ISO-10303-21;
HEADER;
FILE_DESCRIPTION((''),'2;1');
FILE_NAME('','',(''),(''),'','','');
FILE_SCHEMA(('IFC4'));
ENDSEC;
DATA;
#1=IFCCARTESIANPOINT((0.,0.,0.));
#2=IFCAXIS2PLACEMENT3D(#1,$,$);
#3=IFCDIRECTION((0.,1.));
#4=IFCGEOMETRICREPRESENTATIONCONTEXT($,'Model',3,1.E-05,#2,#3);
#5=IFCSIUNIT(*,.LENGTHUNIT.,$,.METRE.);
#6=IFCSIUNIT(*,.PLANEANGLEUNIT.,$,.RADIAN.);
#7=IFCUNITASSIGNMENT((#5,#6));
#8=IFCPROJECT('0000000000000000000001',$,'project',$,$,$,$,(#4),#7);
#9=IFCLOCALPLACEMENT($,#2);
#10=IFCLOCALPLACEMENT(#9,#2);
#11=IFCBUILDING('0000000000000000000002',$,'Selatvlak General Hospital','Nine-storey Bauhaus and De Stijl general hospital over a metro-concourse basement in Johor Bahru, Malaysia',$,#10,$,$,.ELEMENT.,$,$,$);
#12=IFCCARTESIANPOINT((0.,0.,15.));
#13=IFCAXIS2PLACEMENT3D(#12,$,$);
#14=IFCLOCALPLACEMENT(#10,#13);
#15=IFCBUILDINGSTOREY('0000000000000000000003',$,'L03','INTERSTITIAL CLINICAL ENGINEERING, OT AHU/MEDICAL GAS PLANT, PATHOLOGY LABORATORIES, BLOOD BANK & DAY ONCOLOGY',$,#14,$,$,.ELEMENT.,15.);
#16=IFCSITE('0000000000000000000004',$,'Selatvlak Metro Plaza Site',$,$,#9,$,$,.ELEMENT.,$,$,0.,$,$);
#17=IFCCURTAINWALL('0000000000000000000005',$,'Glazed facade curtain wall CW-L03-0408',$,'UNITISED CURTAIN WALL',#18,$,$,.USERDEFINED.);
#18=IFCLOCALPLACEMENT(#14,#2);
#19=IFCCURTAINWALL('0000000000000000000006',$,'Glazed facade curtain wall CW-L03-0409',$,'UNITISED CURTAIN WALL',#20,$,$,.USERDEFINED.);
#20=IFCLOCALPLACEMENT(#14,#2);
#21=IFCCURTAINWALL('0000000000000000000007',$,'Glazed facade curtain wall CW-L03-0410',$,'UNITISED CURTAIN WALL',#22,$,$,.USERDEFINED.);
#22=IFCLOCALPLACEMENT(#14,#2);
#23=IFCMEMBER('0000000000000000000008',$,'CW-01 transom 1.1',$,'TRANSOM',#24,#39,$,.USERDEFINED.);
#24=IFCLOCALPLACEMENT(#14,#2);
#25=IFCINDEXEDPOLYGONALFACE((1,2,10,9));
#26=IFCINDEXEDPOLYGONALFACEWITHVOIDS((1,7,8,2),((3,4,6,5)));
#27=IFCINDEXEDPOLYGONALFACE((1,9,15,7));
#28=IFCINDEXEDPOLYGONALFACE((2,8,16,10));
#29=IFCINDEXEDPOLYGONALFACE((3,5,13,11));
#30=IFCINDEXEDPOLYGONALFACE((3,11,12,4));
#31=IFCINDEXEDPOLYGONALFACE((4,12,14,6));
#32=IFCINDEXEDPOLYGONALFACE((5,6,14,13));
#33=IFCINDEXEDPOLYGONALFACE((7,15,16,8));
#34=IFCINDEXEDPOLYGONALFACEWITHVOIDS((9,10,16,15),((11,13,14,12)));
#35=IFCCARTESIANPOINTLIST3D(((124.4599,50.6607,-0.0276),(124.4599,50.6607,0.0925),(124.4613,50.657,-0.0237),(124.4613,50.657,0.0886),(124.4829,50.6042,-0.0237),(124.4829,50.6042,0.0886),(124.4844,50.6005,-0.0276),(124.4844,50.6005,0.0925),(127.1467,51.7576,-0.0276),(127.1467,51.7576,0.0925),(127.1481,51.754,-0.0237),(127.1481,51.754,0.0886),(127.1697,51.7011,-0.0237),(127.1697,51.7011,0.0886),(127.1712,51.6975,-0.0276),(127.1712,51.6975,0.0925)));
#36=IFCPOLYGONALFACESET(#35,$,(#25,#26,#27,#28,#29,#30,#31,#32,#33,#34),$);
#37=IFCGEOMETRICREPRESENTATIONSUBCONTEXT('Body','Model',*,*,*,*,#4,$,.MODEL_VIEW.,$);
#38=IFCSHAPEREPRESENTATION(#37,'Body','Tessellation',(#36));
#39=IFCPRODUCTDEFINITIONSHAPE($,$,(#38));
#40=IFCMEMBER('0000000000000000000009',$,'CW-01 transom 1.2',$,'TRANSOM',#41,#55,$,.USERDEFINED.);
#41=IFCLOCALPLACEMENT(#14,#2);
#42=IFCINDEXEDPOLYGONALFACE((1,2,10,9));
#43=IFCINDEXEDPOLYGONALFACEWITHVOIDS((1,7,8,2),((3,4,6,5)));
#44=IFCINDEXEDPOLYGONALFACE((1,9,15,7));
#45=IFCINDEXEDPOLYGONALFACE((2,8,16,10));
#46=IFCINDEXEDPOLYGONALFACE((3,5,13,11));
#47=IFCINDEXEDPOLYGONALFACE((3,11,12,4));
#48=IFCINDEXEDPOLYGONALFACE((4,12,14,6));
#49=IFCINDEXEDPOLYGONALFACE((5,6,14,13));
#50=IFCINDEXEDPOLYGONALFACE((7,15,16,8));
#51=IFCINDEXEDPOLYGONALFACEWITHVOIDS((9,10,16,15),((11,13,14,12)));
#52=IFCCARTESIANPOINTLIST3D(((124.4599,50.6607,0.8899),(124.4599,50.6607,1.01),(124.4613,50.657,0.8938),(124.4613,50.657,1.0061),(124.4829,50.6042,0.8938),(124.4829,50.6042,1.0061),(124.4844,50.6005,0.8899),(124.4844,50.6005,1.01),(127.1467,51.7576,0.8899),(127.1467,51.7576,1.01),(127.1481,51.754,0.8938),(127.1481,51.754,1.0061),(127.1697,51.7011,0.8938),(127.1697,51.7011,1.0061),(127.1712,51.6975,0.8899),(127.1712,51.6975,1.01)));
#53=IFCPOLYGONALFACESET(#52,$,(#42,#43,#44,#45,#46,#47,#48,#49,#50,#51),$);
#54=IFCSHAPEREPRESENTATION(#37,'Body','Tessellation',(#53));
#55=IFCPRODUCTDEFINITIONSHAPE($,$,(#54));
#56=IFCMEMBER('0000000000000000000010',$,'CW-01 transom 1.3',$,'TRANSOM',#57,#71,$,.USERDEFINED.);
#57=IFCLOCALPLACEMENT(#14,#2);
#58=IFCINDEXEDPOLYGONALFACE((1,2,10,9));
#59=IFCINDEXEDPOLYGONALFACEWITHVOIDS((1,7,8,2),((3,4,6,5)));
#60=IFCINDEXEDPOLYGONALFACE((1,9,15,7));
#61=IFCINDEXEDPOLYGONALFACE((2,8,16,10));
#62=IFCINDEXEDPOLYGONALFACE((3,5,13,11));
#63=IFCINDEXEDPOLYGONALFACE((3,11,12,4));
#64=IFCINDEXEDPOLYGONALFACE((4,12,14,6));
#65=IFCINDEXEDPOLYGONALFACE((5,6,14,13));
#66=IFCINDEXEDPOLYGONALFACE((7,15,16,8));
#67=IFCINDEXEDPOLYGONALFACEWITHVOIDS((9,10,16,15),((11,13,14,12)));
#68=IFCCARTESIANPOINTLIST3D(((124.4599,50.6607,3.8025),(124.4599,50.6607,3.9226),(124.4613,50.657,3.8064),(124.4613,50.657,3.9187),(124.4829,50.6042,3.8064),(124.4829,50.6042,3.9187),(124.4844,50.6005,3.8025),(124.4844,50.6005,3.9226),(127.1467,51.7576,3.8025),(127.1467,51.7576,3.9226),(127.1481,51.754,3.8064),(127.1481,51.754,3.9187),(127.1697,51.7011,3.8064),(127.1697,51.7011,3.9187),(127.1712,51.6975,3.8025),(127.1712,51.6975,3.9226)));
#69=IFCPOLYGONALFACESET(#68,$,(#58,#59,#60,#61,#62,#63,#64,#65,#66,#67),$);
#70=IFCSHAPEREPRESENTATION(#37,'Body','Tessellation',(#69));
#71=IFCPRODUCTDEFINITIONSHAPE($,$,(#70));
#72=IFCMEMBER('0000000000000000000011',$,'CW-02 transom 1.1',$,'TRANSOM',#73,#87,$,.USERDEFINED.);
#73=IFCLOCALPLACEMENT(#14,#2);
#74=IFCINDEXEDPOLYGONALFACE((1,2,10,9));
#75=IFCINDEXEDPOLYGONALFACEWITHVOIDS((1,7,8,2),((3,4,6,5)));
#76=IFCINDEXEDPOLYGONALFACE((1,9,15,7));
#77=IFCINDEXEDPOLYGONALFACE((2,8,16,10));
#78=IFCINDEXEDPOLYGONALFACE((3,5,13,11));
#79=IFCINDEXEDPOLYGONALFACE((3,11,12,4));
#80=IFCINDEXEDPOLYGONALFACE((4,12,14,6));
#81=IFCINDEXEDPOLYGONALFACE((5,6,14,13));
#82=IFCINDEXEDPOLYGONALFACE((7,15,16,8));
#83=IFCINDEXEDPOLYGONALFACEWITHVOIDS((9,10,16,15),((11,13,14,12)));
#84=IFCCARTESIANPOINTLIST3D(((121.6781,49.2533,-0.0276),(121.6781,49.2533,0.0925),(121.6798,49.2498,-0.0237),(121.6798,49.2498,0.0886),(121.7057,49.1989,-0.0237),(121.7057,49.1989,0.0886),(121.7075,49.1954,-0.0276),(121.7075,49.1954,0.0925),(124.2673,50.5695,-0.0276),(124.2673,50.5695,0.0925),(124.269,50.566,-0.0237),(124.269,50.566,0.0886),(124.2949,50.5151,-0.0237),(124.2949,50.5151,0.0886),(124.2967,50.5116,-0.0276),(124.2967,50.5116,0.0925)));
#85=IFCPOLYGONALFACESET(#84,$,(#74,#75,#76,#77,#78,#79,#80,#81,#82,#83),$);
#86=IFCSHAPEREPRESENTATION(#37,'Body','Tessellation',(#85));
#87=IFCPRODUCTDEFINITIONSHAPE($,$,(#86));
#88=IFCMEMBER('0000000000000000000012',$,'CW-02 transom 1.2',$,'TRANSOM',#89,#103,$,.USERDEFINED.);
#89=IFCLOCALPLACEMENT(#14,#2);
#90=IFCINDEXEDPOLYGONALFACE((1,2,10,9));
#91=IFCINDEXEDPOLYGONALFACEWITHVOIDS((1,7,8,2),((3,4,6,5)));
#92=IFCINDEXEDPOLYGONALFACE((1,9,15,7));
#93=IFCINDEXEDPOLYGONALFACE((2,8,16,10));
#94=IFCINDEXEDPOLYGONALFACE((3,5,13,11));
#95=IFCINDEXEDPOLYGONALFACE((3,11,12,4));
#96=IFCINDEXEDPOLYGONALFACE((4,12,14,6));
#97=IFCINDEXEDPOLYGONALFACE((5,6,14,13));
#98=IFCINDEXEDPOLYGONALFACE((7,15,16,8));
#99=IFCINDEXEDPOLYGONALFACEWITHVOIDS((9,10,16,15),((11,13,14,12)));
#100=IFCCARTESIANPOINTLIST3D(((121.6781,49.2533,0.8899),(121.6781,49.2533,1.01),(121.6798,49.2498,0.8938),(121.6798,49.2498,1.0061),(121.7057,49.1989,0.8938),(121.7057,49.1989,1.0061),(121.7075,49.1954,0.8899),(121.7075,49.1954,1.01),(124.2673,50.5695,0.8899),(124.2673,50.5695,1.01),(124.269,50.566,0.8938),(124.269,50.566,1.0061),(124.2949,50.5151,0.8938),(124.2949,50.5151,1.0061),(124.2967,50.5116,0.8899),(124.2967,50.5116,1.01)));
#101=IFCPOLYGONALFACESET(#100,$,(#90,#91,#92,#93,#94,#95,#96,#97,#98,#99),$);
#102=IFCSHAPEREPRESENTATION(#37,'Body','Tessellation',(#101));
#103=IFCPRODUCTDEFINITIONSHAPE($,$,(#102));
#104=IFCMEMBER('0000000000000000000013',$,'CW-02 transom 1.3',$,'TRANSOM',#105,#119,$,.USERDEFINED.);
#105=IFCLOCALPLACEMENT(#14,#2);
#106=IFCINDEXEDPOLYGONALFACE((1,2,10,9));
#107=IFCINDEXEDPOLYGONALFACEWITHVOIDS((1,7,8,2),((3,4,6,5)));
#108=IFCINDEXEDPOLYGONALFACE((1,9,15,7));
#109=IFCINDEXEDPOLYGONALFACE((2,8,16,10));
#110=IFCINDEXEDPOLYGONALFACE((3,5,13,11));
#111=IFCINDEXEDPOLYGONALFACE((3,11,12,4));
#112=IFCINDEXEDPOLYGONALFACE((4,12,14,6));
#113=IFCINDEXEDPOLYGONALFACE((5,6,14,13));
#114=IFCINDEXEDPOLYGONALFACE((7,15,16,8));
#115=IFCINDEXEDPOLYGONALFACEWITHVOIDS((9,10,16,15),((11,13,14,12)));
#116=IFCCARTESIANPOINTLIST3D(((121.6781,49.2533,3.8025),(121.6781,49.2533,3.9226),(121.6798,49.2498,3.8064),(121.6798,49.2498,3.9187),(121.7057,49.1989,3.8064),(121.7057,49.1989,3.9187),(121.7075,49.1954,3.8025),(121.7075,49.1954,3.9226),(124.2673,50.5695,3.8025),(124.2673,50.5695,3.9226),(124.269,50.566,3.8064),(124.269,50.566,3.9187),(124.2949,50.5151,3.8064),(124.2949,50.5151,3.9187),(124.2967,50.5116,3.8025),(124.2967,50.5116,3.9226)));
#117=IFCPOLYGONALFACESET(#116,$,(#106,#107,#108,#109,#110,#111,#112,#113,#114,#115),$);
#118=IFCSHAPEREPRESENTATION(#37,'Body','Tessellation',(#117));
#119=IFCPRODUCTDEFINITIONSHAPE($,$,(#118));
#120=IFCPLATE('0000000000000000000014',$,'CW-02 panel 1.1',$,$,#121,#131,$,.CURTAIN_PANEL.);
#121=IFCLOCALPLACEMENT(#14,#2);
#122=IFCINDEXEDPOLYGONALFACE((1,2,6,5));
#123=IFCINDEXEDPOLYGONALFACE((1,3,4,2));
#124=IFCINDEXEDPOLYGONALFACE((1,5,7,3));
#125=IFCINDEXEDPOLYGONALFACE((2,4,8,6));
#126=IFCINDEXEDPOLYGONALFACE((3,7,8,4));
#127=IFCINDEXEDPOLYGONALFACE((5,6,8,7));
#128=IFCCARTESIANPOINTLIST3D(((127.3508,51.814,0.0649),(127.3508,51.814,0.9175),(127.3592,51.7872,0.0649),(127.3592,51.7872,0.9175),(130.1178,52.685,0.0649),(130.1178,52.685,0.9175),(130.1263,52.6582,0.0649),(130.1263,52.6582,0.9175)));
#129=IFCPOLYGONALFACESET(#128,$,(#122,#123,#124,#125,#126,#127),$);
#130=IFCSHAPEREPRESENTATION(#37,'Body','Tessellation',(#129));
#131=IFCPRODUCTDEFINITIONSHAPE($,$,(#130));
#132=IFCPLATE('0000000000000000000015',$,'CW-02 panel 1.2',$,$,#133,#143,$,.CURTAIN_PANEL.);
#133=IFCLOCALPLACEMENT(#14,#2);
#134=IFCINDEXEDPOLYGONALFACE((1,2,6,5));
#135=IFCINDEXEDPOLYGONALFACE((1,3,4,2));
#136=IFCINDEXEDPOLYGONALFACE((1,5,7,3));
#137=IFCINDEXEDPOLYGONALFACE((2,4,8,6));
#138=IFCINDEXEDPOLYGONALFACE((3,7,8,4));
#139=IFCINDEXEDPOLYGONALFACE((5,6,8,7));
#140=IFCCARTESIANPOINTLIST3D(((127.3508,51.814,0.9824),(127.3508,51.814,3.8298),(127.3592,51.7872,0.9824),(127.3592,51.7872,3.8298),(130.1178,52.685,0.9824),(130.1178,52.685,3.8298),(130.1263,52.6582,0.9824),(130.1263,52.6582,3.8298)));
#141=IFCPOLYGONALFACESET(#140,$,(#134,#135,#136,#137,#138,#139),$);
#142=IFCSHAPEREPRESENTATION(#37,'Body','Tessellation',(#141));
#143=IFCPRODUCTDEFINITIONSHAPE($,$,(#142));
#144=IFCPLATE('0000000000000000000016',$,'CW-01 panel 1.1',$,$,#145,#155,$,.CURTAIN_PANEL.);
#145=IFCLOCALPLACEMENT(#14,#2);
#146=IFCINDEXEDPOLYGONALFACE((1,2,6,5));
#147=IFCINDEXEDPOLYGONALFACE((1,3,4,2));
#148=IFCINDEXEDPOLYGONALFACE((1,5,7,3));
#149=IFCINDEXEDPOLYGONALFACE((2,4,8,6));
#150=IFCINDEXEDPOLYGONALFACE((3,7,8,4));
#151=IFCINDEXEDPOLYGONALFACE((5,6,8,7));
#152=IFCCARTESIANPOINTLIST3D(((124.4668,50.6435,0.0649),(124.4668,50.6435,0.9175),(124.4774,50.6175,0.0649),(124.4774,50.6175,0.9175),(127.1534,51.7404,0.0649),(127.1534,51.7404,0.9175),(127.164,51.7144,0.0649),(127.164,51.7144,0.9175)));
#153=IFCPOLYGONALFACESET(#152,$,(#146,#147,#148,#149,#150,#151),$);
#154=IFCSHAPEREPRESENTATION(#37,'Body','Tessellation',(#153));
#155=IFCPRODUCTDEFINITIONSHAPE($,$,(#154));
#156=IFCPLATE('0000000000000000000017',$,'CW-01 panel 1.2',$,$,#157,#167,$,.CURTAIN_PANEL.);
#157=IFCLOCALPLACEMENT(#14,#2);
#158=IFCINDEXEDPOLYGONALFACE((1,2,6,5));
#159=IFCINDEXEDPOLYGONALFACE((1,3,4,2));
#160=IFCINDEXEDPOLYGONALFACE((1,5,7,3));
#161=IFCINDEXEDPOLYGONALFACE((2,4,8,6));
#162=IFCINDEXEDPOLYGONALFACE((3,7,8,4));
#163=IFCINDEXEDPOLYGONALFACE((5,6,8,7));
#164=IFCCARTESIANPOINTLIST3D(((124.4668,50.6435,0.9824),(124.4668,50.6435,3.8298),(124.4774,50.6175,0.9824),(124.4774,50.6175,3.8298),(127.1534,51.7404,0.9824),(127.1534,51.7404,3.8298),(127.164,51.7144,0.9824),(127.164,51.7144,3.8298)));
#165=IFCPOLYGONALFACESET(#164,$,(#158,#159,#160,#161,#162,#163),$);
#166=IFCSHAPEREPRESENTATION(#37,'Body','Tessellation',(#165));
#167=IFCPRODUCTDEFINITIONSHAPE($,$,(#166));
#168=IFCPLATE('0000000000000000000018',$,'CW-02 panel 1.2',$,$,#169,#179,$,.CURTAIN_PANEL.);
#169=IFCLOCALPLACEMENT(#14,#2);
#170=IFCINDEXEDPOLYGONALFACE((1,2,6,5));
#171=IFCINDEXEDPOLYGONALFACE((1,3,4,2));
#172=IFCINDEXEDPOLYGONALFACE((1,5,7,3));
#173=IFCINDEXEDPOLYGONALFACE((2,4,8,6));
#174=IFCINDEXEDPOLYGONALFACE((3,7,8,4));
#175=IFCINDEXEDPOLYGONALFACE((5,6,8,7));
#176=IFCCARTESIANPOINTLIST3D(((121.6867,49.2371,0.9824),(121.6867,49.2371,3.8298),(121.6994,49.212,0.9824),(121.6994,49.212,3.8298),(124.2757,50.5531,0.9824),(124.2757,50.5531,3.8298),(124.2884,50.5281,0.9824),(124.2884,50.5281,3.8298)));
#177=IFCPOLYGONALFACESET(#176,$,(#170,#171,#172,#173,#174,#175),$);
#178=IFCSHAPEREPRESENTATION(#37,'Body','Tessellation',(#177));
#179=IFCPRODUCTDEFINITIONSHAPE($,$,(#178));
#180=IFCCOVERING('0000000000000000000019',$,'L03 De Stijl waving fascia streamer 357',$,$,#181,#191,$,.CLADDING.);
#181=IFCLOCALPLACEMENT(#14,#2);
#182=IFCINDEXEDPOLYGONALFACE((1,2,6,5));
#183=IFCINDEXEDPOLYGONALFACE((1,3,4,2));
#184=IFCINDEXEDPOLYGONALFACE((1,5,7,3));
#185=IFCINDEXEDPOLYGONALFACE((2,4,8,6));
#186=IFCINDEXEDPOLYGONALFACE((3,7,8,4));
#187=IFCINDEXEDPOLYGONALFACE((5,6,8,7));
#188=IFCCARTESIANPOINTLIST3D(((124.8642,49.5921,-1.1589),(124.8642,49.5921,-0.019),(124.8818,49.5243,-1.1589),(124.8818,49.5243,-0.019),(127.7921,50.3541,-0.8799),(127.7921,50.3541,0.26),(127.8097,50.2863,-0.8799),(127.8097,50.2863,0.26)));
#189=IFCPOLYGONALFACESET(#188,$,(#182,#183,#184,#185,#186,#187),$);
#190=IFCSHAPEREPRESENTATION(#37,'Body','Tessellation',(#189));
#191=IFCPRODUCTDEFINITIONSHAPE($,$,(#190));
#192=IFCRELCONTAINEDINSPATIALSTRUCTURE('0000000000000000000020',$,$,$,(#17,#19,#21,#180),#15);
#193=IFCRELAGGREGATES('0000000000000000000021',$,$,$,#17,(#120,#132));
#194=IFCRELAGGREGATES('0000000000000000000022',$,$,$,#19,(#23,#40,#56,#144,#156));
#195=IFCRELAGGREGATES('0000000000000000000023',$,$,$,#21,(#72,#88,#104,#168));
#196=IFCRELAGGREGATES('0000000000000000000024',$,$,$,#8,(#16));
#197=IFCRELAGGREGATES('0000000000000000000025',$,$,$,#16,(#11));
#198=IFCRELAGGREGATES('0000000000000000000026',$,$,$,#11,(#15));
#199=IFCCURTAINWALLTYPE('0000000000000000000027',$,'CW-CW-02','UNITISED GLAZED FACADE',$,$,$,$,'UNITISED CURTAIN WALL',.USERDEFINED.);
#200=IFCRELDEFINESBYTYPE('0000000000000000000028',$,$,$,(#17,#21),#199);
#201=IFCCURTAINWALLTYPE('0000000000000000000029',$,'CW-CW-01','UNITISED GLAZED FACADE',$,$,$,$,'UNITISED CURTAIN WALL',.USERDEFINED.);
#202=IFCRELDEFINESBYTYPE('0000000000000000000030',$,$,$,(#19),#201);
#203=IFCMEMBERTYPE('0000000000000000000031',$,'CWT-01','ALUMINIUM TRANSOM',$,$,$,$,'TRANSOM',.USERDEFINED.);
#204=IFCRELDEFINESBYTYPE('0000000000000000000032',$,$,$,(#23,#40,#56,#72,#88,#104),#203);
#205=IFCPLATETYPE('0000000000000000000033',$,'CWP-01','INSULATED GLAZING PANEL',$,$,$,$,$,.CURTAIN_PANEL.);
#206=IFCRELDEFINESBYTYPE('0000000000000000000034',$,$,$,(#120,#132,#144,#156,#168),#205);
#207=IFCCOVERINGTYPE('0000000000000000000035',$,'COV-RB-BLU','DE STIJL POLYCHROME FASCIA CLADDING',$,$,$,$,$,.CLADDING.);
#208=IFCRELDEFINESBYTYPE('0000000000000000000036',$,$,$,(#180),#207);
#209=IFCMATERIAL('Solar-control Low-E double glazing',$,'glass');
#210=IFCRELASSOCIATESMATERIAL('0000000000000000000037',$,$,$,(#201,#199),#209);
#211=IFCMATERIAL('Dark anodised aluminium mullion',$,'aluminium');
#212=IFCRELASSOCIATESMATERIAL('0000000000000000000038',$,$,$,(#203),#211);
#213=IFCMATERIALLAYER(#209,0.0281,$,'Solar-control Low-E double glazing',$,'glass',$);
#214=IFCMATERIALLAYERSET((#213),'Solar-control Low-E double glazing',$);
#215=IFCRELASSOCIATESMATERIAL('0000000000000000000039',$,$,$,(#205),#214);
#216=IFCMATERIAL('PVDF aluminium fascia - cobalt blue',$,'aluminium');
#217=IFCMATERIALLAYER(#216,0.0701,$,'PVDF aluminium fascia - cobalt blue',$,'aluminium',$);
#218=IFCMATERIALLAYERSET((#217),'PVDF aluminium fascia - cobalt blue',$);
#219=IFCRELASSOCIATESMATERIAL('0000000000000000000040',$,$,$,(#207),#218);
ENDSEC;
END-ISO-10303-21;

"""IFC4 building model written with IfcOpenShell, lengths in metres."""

from ifc_helpers import new_model, si_unit, direction, frame, origin, origin_2d, place, context, subcontext, project, spatial, polyline, rectangle, hollow_rectangle, outline, extrude, material, layer, layer_set, material_profile, profile_set, type_object, element, aggregate, save


model = new_model("IFC4")

# Units and contexts
model_context = context("Model", 3, precision=1e-05, world=origin(), true_north=direction((0.0, 1.0)))
body_context = subcontext(model_context, "Body", "Model", "MODEL_VIEW")
ifc_project = project(units=[si_unit("LENGTHUNIT", "METRE"), si_unit("PLANEANGLEUNIT", "RADIAN")], contexts=[model_context])

# Site, building, storey
site_placement = place(None, origin())
site = spatial("IfcSite", under=ifc_project, at=site_placement, Name="Selatvlak Metro Plaza Site", CompositionType="ELEMENT", RefElevation=0.0)
building_placement = place(site_placement, origin())
building = spatial("IfcBuilding", under=site, at=building_placement, Name="Selatvlak General Hospital", Description="Nine-storey Bauhaus and De Stijl general hospital over a metro-concourse basement in Johor Bahru, Malaysia", CompositionType="ELEMENT")
storey_placement = place(building_placement, frame((0.0, 0.0, 15.0)))
storey = spatial("IfcBuildingStorey", under=building, at=storey_placement, Name="L03", Description="INTERSTITIAL CLINICAL ENGINEERING, OT AHU/MEDICAL GAS PLANT, PATHOLOGY LABORATORIES, BLOOD BANK & DAY ONCOLOGY", CompositionType="ELEMENT", Elevation=15.0)

# Shared definitions
ifc_material_1 = material(Name="Solar-control Low-E double glazing", Category="glass")
curtain_wall_type_1 = type_object("IfcCurtainWallType", Name="CW-CW-01", Description="UNITISED GLAZED FACADE", ElementType="UNITISED CURTAIN WALL", PredefinedType="USERDEFINED", material=ifc_material_1)
ifc_material_2 = material(Name="Dark anodised aluminium mullion", Category="aluminium")

# Curtain walls
curtain_wall_type_2 = type_object("IfcCurtainWallType", Name="CW-CW-02", Description="UNITISED GLAZED FACADE", ElementType="UNITISED CURTAIN WALL", PredefinedType="USERDEFINED", material=ifc_material_1)
curtain_wall_1_placement = place(storey_placement, origin())
curtain_wall_1 = element("IfcCurtainWall", 1, at=curtain_wall_1_placement, inside=storey, type_object=curtain_wall_type_2, Name="Glazed facade curtain wall CW-L03-0408", ObjectType="UNITISED CURTAIN WALL", PredefinedType="USERDEFINED")
curtain_wall_2_placement = place(storey_placement, origin())
curtain_wall_2 = element("IfcCurtainWall", 2, at=curtain_wall_2_placement, inside=storey, type_object=curtain_wall_type_1, Name="Glazed facade curtain wall CW-L03-0409", ObjectType="UNITISED CURTAIN WALL", PredefinedType="USERDEFINED")

# Curtain wall
curtain_wall_3_placement = place(storey_placement, origin())
curtain_wall_3 = element("IfcCurtainWall", 3, at=curtain_wall_3_placement, inside=storey, type_object=curtain_wall_type_2, Name="Glazed facade curtain wall CW-L03-0410", ObjectType="UNITISED CURTAIN WALL", PredefinedType="USERDEFINED")

# Members
ifc_material_profile_1 = material_profile(ifc_material_2, hollow_rectangle(XDim=0.0649, YDim=0.1201, WallThickness=0.0039, at=origin_2d()), Name="AL-TRN 65x120x4")
ifc_profile_set_1 = profile_set([ifc_material_profile_1], Name="Dark anodised aluminium mullion")
member_type_1 = type_object("IfcMemberType", Name="CWT-01", Description="ALUMINIUM TRANSOM", ElementType="TRANSOM", PredefinedType="USERDEFINED", material=ifc_profile_set_1)
member_1_placement = place(storey_placement, frame((127.1589, 51.7275, 0.0325), z_axis=(-0.925813, -0.377981, 0.0), x_axis=(0.377981, -0.925813, 0.0)))
member_1 = element("IfcMember", 4, at=member_1_placement, type_object=member_type_1, Name="CW-01 transom 1.1", ObjectType="TRANSOM", PredefinedType="USERDEFINED", context=body_context, shape_type="SweptSolid", body=[
    extrude(hollow_rectangle(XDim=0.0649, YDim=0.1201, WallThickness=0.0039, at=origin_2d()), origin(), (0.0, 0.0, 1.0), 2.9021),
])
member_2_placement = place(storey_placement, frame((127.1589, 51.7275, 0.95), z_axis=(-0.925813, -0.377981, 0.0), x_axis=(0.377981, -0.925813, 0.0)))
member_2 = element("IfcMember", 5, at=member_2_placement, type_object=member_type_1, Name="CW-01 transom 1.2", ObjectType="TRANSOM", PredefinedType="USERDEFINED", context=body_context, shape_type="SweptSolid", body=[
    extrude(hollow_rectangle(XDim=0.0649, YDim=0.1201, WallThickness=0.0039, at=origin_2d()), origin(), (0.0, 0.0, 1.0), 2.9021),
])
member_3_placement = place(storey_placement, frame((127.1589, 51.7275, 3.8625), z_axis=(-0.925813, -0.377981, 0.0), x_axis=(0.377981, -0.925813, 0.0)))
member_3 = element("IfcMember", 6, at=member_3_placement, type_object=member_type_1, Name="CW-01 transom 1.3", ObjectType="TRANSOM", PredefinedType="USERDEFINED", context=body_context, shape_type="SweptSolid", body=[
    extrude(hollow_rectangle(XDim=0.0649, YDim=0.1201, WallThickness=0.0039, at=origin_2d()), origin(), (0.0, 0.0, 1.0), 2.9021),
])
member_4_placement = place(storey_placement, frame((124.282, 50.5405, 0.0325), z_axis=(-0.891432, -0.453155, 0.0), x_axis=(0.453155, -0.891432, 0.0)))
member_4 = element("IfcMember", 7, at=member_4_placement, type_object=member_type_1, Name="CW-02 transom 1.1", ObjectType="TRANSOM", PredefinedType="USERDEFINED", context=body_context, shape_type="SweptSolid", body=[
    extrude(hollow_rectangle(XDim=0.0649, YDim=0.1201, WallThickness=0.0039, at=origin_2d()), origin(), (0.0, 0.0, 1.0), 2.9045),
])
member_5_placement = place(storey_placement, frame((124.282, 50.5405, 0.95), z_axis=(-0.891432, -0.453155, 0.0), x_axis=(0.453155, -0.891432, 0.0)))
member_5 = element("IfcMember", 8, at=member_5_placement, type_object=member_type_1, Name="CW-02 transom 1.2", ObjectType="TRANSOM", PredefinedType="USERDEFINED", context=body_context, shape_type="SweptSolid", body=[
    extrude(hollow_rectangle(XDim=0.0649, YDim=0.1201, WallThickness=0.0039, at=origin_2d()), origin(), (0.0, 0.0, 1.0), 2.9045),
])
member_6_placement = place(storey_placement, frame((124.282, 50.5405, 3.8625), z_axis=(-0.891432, -0.453155, 0.0), x_axis=(0.453155, -0.891432, 0.0)))
member_6 = element("IfcMember", 9, at=member_6_placement, type_object=member_type_1, Name="CW-02 transom 1.3", ObjectType="TRANSOM", PredefinedType="USERDEFINED", context=body_context, shape_type="SweptSolid", body=[
    extrude(hollow_rectangle(XDim=0.0649, YDim=0.1201, WallThickness=0.0039, at=origin_2d()), origin(), (0.0, 0.0, 1.0), 2.9045),
])

# Plates
ifc_layer_1 = layer(ifc_material_1, 0.0281, Name="Solar-control Low-E double glazing", Category="glass")
ifc_layer_set_1 = layer_set([ifc_layer_1], Name="Solar-control Low-E double glazing")
plate_type = type_object("IfcPlateType", Name="CWP-01", Description="INSULATED GLAZING PANEL", PredefinedType="CURTAIN_PANEL", material=ifc_layer_set_1)
plate_1_placement = place(storey_placement, frame((128.7385, 52.2361, 0.0649), z_axis=(0.0, 0.0, 1.0), x_axis=(-0.953862, -0.300247, 0.0)))
plate_1 = element("IfcPlate", 10, at=plate_1_placement, type_object=plate_type, Name="CW-02 panel 1.1", PredefinedType="CURTAIN_PANEL", context=body_context, shape_type="SweptSolid", body=[
    extrude(rectangle(XDim=2.9009, YDim=0.0281, at=origin_2d()), origin(), (0.0, 0.0, 1.0), 0.8525),
])
plate_2_placement = place(storey_placement, frame((128.7385, 52.2361, 0.9824), z_axis=(0.0, 0.0, 1.0), x_axis=(-0.953862, -0.300247, 0.0)))
plate_2 = element("IfcPlate", 11, at=plate_2_placement, type_object=plate_type, Name="CW-02 panel 1.2", PredefinedType="CURTAIN_PANEL", context=body_context, shape_type="SweptSolid", body=[
    extrude(rectangle(XDim=2.9009, YDim=0.0281, at=origin_2d()), origin(), (0.0, 0.0, 1.0), 2.8474),
])
aggregate(curtain_wall_1, [plate_1, plate_2])
plate_3_placement = place(storey_placement, frame((125.8154, 51.179, 0.0649), z_axis=(0.0, 0.0, 1.0), x_axis=(-0.925815, -0.377978, 0.0)))
plate_3 = element("IfcPlate", 12, at=plate_3_placement, type_object=plate_type, Name="CW-01 panel 1.1", PredefinedType="CURTAIN_PANEL", context=body_context, shape_type="SweptSolid", body=[
    extrude(rectangle(XDim=2.9019, YDim=0.0281, at=origin_2d()), origin(), (0.0, 0.0, 1.0), 0.8525),
])
plate_4_placement = place(storey_placement, frame((125.8154, 51.179, 0.9824), z_axis=(0.0, 0.0, 1.0), x_axis=(-0.925815, -0.377978, 0.0)))
plate_4 = element("IfcPlate", 13, at=plate_4_placement, type_object=plate_type, Name="CW-01 panel 1.2", PredefinedType="CURTAIN_PANEL", context=body_context, shape_type="SweptSolid", body=[
    extrude(rectangle(XDim=2.9019, YDim=0.0281, at=origin_2d()), origin(), (0.0, 0.0, 1.0), 2.8474),
])
aggregate(curtain_wall_2, [member_1, member_2, member_3, plate_3, plate_4])
plate_5_placement = place(storey_placement, frame((122.9875, 49.8826, 0.9824), z_axis=(0.0, 0.0, 1.0), x_axis=(-0.891442, -0.453136, 0.0)))
plate_5 = element("IfcPlate", 14, at=plate_5_placement, type_object=plate_type, Name="CW-02 panel 1.2", PredefinedType="CURTAIN_PANEL", context=body_context, shape_type="SweptSolid", body=[
    extrude(rectangle(XDim=2.9043, YDim=0.0281, at=origin_2d()), origin(), (0.0, 0.0, 1.0), 2.8474),
])
aggregate(curtain_wall_3, [member_4, member_5, member_6, plate_5])

# Covering
ifc_material_3 = material(Name="PVDF aluminium fascia - cobalt blue", Category="aluminium")
ifc_layer_2 = layer(ifc_material_3, 0.0701, Name="PVDF aluminium fascia - cobalt blue", Category="aluminium")
ifc_layer_set_2 = layer_set([ifc_layer_2], Name="PVDF aluminium fascia - cobalt blue")
covering_type = type_object("IfcCoveringType", Name="COV-RB-BLU", Description="DE STIJL POLYCHROME FASCIA CLADDING", PredefinedType="CLADDING", material=ifc_layer_set_2)
covering_1_placement = place(storey_placement, frame((124.873, 49.5581, -1.1589), z_axis=(0.0, 0.0, 1.0), x_axis=(0.967767, 0.251847, 0.0)))
element("IfcCovering", 15, at=covering_1_placement, inside=storey, type_object=covering_type, Name="L03 De Stijl waving fascia streamer 357", PredefinedType="CLADDING", context=body_context, shape_type="SweptSolid", body=[
    extrude(outline(polyline([(0.0, 0.0), (3.0254, 0.2791), (3.0254, 1.4189), (0.0, 1.1399), (0.0, 0.0)])), frame((0.0, 0.0352, 0.0), z_axis=(0.0, -1.0, 0.0), x_axis=(1.0, 0.0, 0.0)), (0.0, 0.0, 1.0), 0.0701),
])

save(model, "model.ifc")
